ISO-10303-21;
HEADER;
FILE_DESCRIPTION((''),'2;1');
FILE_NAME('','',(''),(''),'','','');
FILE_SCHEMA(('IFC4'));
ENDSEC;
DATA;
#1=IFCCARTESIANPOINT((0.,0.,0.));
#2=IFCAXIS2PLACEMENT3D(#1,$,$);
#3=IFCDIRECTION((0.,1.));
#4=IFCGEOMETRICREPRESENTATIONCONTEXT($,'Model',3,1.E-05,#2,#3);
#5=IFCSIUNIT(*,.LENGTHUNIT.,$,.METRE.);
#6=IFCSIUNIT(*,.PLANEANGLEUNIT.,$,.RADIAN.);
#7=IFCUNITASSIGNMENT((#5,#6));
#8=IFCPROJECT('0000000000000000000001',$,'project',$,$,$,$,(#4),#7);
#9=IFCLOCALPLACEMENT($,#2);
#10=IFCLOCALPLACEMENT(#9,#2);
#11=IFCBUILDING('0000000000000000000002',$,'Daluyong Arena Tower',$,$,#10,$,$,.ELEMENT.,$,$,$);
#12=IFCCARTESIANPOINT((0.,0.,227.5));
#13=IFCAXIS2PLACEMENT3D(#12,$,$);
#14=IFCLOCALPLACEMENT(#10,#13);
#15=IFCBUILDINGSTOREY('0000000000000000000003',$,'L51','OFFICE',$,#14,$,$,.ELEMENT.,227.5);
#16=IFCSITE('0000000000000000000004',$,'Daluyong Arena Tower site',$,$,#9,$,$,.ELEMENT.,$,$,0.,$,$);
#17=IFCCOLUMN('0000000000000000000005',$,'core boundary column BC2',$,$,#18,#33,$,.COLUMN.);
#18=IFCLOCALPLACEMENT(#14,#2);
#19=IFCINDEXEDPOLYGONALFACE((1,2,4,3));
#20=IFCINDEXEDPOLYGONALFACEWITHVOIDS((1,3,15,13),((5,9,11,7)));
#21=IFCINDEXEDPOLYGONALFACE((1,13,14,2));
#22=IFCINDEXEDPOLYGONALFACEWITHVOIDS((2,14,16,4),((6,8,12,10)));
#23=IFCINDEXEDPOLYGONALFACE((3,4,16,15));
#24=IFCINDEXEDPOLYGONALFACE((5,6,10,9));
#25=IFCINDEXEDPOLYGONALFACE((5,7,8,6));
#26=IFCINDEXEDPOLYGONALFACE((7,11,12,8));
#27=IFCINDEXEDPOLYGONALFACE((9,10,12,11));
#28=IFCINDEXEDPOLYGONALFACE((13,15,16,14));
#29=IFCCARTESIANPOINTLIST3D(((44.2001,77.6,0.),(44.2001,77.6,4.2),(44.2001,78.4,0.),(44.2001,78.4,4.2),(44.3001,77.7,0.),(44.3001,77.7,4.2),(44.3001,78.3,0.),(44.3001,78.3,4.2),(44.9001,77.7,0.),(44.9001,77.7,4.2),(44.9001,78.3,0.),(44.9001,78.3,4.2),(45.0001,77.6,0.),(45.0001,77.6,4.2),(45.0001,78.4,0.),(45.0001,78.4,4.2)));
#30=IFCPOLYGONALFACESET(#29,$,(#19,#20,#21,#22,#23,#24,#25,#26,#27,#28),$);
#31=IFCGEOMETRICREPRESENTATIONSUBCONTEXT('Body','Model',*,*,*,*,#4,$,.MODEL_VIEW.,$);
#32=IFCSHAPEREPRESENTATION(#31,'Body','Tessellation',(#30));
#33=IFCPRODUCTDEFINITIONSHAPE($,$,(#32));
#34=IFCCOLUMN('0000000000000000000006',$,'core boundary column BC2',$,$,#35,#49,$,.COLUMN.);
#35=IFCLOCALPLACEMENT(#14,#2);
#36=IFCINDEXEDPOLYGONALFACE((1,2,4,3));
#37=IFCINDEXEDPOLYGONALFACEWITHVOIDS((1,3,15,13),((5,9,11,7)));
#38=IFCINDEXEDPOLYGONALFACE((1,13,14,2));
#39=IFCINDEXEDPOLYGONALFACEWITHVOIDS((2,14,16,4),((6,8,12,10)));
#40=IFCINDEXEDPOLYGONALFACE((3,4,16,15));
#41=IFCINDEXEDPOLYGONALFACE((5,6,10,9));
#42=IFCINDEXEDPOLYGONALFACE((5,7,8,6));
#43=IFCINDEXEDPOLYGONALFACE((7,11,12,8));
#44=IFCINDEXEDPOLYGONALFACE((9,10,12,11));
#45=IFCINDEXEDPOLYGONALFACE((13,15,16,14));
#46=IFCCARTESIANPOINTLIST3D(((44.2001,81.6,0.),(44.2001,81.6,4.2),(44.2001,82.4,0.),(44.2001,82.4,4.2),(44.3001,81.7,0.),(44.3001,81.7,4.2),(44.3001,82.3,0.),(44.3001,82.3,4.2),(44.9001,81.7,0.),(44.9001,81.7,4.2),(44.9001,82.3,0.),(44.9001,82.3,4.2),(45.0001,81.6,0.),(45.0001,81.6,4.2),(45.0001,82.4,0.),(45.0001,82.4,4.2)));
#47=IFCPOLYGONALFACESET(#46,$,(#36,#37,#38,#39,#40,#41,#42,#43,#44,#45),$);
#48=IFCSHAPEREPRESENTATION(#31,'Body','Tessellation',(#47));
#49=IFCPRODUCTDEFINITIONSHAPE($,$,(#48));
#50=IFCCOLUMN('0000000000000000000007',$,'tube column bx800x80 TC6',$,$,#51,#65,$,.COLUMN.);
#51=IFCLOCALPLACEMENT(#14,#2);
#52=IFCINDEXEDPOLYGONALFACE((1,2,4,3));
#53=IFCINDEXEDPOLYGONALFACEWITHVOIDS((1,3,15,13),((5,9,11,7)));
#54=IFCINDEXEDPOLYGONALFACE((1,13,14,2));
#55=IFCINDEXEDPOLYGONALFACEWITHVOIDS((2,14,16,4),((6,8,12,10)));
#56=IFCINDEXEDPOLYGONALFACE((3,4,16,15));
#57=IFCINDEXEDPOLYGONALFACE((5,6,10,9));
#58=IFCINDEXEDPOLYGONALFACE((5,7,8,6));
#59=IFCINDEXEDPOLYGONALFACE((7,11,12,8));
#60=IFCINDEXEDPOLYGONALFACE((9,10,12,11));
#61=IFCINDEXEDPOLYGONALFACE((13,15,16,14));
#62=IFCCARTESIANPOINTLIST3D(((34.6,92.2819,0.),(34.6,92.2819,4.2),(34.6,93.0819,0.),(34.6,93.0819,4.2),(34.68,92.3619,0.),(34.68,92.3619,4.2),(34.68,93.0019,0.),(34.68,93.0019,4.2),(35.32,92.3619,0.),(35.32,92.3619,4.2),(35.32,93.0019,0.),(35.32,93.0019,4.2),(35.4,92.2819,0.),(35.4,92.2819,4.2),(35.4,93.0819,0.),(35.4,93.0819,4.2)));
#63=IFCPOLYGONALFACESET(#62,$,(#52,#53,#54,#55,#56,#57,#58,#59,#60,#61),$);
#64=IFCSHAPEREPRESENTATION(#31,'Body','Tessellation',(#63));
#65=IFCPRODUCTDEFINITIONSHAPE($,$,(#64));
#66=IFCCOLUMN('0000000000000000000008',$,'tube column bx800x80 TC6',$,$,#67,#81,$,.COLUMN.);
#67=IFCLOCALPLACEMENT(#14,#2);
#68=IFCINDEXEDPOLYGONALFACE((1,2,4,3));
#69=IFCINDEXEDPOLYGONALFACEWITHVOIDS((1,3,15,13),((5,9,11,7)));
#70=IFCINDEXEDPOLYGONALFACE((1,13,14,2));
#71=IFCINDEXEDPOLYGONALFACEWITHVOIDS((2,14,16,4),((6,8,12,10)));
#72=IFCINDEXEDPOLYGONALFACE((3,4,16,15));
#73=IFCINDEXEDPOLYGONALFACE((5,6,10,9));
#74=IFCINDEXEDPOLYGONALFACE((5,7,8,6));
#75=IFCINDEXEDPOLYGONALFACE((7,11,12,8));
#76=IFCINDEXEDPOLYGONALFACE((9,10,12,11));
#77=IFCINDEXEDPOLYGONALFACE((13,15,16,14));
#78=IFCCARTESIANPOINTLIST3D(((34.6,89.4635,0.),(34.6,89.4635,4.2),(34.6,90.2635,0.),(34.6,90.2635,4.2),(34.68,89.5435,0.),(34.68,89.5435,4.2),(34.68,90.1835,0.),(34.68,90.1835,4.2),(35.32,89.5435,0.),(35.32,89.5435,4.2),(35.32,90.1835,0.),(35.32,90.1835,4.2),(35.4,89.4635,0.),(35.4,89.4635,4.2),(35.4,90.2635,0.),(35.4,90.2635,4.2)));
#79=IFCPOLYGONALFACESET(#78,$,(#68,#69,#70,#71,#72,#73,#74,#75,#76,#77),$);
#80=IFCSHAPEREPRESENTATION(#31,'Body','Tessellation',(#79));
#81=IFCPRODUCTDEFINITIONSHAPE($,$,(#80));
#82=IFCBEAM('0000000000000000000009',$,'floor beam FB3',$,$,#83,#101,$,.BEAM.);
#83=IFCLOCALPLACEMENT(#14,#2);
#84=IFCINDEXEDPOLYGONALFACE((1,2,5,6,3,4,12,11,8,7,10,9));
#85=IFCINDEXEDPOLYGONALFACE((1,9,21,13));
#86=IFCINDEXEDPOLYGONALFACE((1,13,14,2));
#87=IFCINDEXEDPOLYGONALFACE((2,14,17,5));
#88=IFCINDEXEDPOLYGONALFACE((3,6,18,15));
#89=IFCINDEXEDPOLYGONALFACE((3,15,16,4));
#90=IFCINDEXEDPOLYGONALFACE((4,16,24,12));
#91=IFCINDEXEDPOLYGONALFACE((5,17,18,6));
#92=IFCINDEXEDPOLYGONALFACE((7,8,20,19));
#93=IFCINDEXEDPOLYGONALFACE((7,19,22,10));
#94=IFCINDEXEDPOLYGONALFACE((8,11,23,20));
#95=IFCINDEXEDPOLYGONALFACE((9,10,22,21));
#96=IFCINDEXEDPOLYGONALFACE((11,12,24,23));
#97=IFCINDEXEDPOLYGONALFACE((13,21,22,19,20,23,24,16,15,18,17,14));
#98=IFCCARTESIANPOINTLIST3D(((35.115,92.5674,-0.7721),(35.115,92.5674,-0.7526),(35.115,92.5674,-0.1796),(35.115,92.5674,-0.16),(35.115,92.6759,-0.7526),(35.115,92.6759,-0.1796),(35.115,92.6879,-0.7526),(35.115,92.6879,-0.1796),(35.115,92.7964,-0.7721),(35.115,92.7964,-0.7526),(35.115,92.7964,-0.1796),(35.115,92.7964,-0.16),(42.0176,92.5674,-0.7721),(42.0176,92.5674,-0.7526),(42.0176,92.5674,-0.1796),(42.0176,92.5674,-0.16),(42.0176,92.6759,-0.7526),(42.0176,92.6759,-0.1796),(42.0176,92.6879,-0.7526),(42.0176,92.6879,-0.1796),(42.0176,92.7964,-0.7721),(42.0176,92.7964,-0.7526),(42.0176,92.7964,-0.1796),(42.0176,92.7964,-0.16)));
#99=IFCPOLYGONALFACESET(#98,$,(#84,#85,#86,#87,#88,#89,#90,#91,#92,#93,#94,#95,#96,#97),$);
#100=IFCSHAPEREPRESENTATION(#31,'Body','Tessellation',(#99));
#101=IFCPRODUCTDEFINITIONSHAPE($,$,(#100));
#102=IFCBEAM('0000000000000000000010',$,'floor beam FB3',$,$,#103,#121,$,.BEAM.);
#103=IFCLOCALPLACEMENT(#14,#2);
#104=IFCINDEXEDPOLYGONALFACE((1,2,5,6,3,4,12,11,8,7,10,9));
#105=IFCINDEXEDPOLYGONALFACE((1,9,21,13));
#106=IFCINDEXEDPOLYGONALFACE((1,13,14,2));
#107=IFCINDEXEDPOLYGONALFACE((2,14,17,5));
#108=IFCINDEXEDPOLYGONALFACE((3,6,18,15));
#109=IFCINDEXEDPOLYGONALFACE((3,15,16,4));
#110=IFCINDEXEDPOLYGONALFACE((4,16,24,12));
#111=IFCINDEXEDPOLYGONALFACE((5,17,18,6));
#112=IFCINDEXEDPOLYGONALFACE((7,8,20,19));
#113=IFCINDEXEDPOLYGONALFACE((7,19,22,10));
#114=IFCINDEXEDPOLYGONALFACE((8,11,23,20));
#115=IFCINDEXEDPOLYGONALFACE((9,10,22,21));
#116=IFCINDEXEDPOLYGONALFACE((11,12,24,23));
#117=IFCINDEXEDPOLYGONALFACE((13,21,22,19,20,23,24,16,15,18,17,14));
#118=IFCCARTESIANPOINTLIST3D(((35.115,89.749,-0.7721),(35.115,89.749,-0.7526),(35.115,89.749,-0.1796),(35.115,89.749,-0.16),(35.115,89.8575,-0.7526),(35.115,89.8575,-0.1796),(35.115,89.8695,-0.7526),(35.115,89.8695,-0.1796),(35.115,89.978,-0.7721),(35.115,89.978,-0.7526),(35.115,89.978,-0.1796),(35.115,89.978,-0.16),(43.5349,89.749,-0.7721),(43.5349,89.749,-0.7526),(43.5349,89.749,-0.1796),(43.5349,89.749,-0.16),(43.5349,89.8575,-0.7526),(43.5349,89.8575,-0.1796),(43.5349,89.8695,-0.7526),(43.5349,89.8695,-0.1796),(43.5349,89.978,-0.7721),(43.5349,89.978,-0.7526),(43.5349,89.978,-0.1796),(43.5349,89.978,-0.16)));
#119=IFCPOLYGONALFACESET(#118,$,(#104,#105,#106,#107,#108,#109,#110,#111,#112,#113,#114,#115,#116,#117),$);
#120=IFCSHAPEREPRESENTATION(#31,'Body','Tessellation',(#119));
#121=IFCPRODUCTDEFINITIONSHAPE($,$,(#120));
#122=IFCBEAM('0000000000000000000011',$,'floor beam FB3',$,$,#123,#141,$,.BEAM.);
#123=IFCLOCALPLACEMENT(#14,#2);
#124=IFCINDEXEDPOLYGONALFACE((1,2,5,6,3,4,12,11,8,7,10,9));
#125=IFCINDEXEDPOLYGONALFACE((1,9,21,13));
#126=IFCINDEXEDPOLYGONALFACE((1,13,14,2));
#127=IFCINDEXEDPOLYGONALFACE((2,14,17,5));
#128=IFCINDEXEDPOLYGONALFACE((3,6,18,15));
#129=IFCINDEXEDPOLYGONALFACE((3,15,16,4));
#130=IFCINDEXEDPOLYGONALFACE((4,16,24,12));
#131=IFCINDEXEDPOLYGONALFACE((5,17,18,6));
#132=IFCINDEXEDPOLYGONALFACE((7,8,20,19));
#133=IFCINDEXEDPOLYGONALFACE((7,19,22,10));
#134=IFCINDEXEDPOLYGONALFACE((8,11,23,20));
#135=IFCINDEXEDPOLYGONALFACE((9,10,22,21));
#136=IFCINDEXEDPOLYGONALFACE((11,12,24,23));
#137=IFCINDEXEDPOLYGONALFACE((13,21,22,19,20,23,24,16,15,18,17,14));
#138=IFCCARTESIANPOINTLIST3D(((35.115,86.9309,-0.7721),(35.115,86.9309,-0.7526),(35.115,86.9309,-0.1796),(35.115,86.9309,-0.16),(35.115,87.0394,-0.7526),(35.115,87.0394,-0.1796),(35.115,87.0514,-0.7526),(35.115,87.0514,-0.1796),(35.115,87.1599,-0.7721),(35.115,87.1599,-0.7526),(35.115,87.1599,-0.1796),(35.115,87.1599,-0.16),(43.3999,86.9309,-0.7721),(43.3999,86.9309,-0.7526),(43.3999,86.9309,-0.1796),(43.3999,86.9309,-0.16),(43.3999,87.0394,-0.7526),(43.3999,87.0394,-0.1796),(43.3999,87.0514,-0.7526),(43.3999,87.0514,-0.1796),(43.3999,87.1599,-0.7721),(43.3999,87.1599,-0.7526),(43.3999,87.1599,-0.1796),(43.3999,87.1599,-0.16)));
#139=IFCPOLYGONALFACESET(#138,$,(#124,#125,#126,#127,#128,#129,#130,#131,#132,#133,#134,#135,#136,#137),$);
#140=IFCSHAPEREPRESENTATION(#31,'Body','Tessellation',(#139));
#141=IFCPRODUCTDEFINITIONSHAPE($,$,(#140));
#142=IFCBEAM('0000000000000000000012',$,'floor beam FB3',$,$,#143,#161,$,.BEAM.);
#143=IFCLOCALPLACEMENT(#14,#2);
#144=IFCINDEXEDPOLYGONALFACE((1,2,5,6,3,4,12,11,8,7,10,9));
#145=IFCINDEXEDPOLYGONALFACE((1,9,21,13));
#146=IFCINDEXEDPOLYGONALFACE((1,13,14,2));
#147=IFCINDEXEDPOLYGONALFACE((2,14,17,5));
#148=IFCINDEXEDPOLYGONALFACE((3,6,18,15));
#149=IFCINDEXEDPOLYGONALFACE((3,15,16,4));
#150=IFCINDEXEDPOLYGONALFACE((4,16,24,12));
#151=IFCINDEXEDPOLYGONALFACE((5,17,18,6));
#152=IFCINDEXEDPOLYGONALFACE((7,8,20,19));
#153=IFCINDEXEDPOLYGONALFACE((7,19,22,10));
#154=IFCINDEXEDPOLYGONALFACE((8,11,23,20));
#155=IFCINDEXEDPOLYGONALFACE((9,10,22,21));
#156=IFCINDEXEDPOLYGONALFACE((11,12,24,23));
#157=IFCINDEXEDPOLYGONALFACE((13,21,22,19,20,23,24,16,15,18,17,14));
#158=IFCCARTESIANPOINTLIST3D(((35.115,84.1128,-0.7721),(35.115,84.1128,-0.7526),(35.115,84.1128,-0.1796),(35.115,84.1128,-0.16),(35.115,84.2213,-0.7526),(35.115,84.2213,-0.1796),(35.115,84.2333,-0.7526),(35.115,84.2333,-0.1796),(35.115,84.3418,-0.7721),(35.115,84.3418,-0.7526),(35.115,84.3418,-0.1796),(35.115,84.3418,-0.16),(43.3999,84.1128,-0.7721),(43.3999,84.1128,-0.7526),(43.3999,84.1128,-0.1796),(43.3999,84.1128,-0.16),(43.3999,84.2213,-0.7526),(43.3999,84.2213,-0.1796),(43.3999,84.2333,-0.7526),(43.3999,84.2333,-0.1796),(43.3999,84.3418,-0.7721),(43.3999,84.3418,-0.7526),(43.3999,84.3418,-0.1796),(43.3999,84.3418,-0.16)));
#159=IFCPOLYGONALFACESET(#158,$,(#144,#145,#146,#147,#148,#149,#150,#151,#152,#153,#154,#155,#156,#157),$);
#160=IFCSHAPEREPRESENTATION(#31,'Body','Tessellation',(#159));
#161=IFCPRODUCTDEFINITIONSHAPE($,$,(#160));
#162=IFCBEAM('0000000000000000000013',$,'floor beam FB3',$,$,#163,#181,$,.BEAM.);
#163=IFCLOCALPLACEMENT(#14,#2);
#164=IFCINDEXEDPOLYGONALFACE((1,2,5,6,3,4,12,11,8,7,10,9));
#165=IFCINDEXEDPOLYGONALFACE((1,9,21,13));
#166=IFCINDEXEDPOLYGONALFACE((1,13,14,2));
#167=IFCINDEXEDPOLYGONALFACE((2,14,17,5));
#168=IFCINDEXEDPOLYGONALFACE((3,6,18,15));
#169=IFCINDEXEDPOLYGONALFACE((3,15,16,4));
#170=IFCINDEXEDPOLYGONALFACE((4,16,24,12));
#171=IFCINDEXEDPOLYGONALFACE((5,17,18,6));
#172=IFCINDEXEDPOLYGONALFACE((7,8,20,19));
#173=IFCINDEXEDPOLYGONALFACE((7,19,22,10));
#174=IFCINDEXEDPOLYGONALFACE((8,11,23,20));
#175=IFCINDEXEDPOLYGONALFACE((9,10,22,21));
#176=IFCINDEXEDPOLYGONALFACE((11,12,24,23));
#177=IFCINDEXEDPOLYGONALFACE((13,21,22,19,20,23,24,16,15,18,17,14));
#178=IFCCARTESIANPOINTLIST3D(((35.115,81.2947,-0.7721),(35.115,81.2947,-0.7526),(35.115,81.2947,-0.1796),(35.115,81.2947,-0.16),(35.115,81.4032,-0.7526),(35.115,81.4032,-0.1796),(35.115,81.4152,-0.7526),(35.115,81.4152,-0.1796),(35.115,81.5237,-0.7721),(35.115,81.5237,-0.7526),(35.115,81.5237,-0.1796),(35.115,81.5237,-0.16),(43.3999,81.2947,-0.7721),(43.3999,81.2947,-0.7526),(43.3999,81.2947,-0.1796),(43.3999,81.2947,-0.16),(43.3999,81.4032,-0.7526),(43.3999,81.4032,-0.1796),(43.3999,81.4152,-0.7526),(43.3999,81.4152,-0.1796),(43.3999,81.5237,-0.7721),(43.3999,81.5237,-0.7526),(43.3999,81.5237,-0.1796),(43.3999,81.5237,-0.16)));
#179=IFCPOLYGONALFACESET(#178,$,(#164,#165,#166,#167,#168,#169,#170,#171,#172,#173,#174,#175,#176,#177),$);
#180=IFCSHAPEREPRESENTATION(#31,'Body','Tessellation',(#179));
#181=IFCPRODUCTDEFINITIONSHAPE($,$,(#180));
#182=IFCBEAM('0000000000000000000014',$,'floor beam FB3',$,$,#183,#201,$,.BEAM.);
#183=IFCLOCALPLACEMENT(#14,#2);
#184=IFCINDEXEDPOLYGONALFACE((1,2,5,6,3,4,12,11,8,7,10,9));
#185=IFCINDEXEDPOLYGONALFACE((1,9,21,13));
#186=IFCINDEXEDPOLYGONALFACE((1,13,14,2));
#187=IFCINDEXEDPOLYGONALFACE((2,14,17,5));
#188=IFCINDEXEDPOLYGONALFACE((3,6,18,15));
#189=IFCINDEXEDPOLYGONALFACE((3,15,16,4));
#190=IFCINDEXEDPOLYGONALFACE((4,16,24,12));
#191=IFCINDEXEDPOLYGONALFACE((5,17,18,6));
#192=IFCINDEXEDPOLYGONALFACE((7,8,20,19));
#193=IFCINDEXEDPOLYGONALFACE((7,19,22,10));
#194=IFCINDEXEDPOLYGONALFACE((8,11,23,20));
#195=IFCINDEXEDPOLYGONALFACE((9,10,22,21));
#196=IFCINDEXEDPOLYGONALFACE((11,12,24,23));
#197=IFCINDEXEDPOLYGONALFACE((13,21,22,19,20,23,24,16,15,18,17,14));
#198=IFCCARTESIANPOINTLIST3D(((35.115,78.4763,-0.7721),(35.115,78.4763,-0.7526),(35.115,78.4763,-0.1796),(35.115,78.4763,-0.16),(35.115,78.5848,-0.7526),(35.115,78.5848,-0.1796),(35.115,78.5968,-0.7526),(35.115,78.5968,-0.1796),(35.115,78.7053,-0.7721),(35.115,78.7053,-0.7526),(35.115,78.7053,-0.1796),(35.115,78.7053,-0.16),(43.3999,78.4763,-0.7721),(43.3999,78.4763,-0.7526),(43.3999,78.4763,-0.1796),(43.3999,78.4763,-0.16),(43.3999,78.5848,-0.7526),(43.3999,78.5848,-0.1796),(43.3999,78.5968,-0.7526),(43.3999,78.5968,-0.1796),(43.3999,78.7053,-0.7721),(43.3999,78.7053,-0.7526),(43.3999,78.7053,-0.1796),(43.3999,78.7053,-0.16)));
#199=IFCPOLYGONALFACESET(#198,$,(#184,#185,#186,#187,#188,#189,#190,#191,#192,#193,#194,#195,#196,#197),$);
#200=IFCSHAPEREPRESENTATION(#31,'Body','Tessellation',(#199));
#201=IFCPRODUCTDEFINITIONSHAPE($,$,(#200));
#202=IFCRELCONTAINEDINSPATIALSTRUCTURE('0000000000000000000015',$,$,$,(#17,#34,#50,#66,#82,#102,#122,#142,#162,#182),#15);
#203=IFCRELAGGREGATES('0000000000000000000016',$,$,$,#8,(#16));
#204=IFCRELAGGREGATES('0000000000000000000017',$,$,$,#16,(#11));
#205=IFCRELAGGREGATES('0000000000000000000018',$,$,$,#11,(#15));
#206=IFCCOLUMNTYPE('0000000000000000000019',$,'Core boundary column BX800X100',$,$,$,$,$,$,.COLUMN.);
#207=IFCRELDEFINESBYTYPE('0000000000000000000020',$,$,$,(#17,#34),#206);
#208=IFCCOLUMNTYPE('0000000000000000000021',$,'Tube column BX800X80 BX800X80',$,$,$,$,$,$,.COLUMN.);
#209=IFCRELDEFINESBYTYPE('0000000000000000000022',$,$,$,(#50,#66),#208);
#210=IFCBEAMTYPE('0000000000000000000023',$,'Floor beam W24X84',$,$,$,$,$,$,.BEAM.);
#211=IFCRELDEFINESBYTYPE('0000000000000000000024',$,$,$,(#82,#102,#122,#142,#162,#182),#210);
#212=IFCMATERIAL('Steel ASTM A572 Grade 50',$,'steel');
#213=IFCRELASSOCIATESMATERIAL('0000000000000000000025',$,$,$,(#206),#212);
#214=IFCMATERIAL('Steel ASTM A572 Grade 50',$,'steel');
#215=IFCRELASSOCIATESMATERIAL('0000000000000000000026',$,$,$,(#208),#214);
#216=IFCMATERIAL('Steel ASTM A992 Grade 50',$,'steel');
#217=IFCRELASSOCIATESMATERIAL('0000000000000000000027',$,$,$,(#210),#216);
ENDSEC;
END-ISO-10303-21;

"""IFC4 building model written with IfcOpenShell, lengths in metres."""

from ifc_helpers import new_model, si_unit, direction, frame, origin, origin_2d, place, context, subcontext, project, spatial, hollow_rectangle, i_section, extrude, material, material_profile, profile_set, type_object, element, save


model = new_model("IFC4")

# Units and contexts
model_context = context("Model", 3, precision=1e-05, world=origin(), true_north=direction((0.0, 1.0)))
body_context = subcontext(model_context, "Body", "Model", "MODEL_VIEW")
ifc_project = project(units=[si_unit("LENGTHUNIT", "METRE"), si_unit("PLANEANGLEUNIT", "RADIAN")], contexts=[model_context])

# Site, building, storey
site_placement = place(None, origin())
site = spatial("IfcSite", under=ifc_project, at=site_placement, Name="Daluyong Arena Tower site", CompositionType="ELEMENT", RefElevation=0.0)
building_placement = place(site_placement, origin())
building = spatial("IfcBuilding", under=site, at=building_placement, Name="Daluyong Arena Tower", CompositionType="ELEMENT")
storey_placement = place(building_placement, frame((0.0, 0.0, 227.5)))
storey = spatial("IfcBuildingStorey", under=building, at=storey_placement, Name="L51", Description="OFFICE", CompositionType="ELEMENT", Elevation=227.5)

# Columns
ifc_material_1 = material(Name="Steel ASTM A572 Grade 50", Category="steel")
ifc_material_profile_1 = material_profile(ifc_material_1, hollow_rectangle(XDim=0.8, YDim=0.8, WallThickness=0.1, at=origin_2d()))
ifc_profile_set_1 = profile_set([ifc_material_profile_1], Name="Steel ASTM A572 Grade 50")
column_type_1 = type_object("IfcColumnType", Name="Core boundary column BX800X100", PredefinedType="COLUMN", material=ifc_profile_set_1)
for number, where, z_axis, x_axis, name in (
    (1, (44.6001, 78.0, 0.0), (0.0, 0.0, 1.0), (1.0, 0.0, 0.0), "core boundary column BC2"),
    (2, (44.6001, 82.0, 0.0), (0.0, 0.0, 1.0), (1.0, 0.0, 0.0), "core boundary column BC2"),
):
    element("IfcColumn", number, at=place(storey_placement, frame(where, z_axis=z_axis, x_axis=x_axis)), inside=storey, type_object=column_type_1, Name=name, PredefinedType="COLUMN", context=body_context, shape_type="SweptSolid", body=[
        extrude(hollow_rectangle(XDim=0.8, YDim=0.8, WallThickness=0.1, at=origin_2d()), origin(), (0.0, 0.0, 1.0), 4.2),
    ])
ifc_material_2 = material(Name="Steel ASTM A572 Grade 50", Category="steel")
ifc_material_profile_2 = material_profile(ifc_material_2, hollow_rectangle(XDim=0.8, YDim=0.8, WallThickness=0.08, at=origin_2d()))
ifc_profile_set_2 = profile_set([ifc_material_profile_2], Name="Steel ASTM A572 Grade 50")
column_type_2 = type_object("IfcColumnType", Name="Tube column BX800X80 BX800X80", PredefinedType="COLUMN", material=ifc_profile_set_2)
for number, where, z_axis, x_axis, name in (
    (3, (35.0, 92.6819, 0.0), (0.0, 0.0, 1.0), (0.0, 1.0, 0.0), "tube column bx800x80 TC6"),
    (4, (35.0, 89.8635, 0.0), (0.0, 0.0, 1.0), (0.0, 1.0, 0.0), "tube column bx800x80 TC6"),
):
    element("IfcColumn", number, at=place(storey_placement, frame(where, z_axis=z_axis, x_axis=x_axis)), inside=storey, type_object=column_type_2, Name=name, PredefinedType="COLUMN", context=body_context, shape_type="SweptSolid", body=[
        extrude(hollow_rectangle(XDim=0.8, YDim=0.8, WallThickness=0.08, at=origin_2d()), origin(), (0.0, 0.0, 1.0), 4.2),
    ])

# Beams
ifc_material_3 = material(Name="Steel ASTM A992 Grade 50", Category="steel")
ifc_material_profile_3 = material_profile(ifc_material_3, i_section(OverallWidth=0.229, OverallDepth=0.6121, WebThickness=0.012, FlangeThickness=0.0195, at=origin_2d()))
ifc_profile_set_3 = profile_set([ifc_material_profile_3], Name="Steel ASTM A992 Grade 50")
beam_type_1 = type_object("IfcBeamType", Name="Floor beam W24X84", PredefinedType="BEAM", material=ifc_profile_set_3)
beam_1_placement = place(storey_placement, frame((35.115, 92.6819, -0.4661), z_axis=(1.0, 0.0, 0.0), x_axis=(0.0, 1.0, 0.0)))
element("IfcBeam", 5, at=beam_1_placement, inside=storey, type_object=beam_type_1, Name="floor beam FB3", PredefinedType="BEAM", context=body_context, shape_type="SweptSolid", body=[
    extrude(i_section(OverallWidth=0.229, OverallDepth=0.6121, WebThickness=0.012, FlangeThickness=0.0195, at=origin_2d()), origin(), (0.0, 0.0, 1.0), 6.9026),
])
beam_2_placement = place(storey_placement, frame((35.115, 89.8635, -0.4661), z_axis=(1.0, 0.0, 0.0), x_axis=(0.0, 1.0, 0.0)))
element("IfcBeam", 6, at=beam_2_placement, inside=storey, type_object=beam_type_1, Name="floor beam FB3", PredefinedType="BEAM", context=body_context, shape_type="SweptSolid", body=[
    extrude(i_section(OverallWidth=0.229, OverallDepth=0.6121, WebThickness=0.012, FlangeThickness=0.0195, at=origin_2d()), origin(), (0.0, 0.0, 1.0), 8.4199),
])
for number, where, z_axis, x_axis, name in (
    (7, (35.115, 87.0454, -0.4661), (1.0, 0.0, 0.0), (0.0, 1.0, 0.0), "floor beam FB3"),
    (8, (35.115, 84.2273, -0.4661), (1.0, 0.0, 0.0), (0.0, 1.0, 0.0), "floor beam FB3"),
    (9, (35.115, 81.4092, -0.4661), (1.0, 0.0, 0.0), (0.0, 1.0, 0.0), "floor beam FB3"),
    (10, (35.115, 78.5908, -0.4661), (1.0, 0.0, 0.0), (0.0, 1.0, 0.0), "floor beam FB3"),
):
    element("IfcBeam", number, at=place(storey_placement, frame(where, z_axis=z_axis, x_axis=x_axis)), inside=storey, type_object=beam_type_1, Name=name, PredefinedType="BEAM", context=body_context, shape_type="SweptSolid", body=[
        extrude(i_section(OverallWidth=0.229, OverallDepth=0.6121, WebThickness=0.012, FlangeThickness=0.0195, at=origin_2d()), origin(), (0.0, 0.0, 1.0), 8.2849),
    ])

save(model, "model.ifc")
